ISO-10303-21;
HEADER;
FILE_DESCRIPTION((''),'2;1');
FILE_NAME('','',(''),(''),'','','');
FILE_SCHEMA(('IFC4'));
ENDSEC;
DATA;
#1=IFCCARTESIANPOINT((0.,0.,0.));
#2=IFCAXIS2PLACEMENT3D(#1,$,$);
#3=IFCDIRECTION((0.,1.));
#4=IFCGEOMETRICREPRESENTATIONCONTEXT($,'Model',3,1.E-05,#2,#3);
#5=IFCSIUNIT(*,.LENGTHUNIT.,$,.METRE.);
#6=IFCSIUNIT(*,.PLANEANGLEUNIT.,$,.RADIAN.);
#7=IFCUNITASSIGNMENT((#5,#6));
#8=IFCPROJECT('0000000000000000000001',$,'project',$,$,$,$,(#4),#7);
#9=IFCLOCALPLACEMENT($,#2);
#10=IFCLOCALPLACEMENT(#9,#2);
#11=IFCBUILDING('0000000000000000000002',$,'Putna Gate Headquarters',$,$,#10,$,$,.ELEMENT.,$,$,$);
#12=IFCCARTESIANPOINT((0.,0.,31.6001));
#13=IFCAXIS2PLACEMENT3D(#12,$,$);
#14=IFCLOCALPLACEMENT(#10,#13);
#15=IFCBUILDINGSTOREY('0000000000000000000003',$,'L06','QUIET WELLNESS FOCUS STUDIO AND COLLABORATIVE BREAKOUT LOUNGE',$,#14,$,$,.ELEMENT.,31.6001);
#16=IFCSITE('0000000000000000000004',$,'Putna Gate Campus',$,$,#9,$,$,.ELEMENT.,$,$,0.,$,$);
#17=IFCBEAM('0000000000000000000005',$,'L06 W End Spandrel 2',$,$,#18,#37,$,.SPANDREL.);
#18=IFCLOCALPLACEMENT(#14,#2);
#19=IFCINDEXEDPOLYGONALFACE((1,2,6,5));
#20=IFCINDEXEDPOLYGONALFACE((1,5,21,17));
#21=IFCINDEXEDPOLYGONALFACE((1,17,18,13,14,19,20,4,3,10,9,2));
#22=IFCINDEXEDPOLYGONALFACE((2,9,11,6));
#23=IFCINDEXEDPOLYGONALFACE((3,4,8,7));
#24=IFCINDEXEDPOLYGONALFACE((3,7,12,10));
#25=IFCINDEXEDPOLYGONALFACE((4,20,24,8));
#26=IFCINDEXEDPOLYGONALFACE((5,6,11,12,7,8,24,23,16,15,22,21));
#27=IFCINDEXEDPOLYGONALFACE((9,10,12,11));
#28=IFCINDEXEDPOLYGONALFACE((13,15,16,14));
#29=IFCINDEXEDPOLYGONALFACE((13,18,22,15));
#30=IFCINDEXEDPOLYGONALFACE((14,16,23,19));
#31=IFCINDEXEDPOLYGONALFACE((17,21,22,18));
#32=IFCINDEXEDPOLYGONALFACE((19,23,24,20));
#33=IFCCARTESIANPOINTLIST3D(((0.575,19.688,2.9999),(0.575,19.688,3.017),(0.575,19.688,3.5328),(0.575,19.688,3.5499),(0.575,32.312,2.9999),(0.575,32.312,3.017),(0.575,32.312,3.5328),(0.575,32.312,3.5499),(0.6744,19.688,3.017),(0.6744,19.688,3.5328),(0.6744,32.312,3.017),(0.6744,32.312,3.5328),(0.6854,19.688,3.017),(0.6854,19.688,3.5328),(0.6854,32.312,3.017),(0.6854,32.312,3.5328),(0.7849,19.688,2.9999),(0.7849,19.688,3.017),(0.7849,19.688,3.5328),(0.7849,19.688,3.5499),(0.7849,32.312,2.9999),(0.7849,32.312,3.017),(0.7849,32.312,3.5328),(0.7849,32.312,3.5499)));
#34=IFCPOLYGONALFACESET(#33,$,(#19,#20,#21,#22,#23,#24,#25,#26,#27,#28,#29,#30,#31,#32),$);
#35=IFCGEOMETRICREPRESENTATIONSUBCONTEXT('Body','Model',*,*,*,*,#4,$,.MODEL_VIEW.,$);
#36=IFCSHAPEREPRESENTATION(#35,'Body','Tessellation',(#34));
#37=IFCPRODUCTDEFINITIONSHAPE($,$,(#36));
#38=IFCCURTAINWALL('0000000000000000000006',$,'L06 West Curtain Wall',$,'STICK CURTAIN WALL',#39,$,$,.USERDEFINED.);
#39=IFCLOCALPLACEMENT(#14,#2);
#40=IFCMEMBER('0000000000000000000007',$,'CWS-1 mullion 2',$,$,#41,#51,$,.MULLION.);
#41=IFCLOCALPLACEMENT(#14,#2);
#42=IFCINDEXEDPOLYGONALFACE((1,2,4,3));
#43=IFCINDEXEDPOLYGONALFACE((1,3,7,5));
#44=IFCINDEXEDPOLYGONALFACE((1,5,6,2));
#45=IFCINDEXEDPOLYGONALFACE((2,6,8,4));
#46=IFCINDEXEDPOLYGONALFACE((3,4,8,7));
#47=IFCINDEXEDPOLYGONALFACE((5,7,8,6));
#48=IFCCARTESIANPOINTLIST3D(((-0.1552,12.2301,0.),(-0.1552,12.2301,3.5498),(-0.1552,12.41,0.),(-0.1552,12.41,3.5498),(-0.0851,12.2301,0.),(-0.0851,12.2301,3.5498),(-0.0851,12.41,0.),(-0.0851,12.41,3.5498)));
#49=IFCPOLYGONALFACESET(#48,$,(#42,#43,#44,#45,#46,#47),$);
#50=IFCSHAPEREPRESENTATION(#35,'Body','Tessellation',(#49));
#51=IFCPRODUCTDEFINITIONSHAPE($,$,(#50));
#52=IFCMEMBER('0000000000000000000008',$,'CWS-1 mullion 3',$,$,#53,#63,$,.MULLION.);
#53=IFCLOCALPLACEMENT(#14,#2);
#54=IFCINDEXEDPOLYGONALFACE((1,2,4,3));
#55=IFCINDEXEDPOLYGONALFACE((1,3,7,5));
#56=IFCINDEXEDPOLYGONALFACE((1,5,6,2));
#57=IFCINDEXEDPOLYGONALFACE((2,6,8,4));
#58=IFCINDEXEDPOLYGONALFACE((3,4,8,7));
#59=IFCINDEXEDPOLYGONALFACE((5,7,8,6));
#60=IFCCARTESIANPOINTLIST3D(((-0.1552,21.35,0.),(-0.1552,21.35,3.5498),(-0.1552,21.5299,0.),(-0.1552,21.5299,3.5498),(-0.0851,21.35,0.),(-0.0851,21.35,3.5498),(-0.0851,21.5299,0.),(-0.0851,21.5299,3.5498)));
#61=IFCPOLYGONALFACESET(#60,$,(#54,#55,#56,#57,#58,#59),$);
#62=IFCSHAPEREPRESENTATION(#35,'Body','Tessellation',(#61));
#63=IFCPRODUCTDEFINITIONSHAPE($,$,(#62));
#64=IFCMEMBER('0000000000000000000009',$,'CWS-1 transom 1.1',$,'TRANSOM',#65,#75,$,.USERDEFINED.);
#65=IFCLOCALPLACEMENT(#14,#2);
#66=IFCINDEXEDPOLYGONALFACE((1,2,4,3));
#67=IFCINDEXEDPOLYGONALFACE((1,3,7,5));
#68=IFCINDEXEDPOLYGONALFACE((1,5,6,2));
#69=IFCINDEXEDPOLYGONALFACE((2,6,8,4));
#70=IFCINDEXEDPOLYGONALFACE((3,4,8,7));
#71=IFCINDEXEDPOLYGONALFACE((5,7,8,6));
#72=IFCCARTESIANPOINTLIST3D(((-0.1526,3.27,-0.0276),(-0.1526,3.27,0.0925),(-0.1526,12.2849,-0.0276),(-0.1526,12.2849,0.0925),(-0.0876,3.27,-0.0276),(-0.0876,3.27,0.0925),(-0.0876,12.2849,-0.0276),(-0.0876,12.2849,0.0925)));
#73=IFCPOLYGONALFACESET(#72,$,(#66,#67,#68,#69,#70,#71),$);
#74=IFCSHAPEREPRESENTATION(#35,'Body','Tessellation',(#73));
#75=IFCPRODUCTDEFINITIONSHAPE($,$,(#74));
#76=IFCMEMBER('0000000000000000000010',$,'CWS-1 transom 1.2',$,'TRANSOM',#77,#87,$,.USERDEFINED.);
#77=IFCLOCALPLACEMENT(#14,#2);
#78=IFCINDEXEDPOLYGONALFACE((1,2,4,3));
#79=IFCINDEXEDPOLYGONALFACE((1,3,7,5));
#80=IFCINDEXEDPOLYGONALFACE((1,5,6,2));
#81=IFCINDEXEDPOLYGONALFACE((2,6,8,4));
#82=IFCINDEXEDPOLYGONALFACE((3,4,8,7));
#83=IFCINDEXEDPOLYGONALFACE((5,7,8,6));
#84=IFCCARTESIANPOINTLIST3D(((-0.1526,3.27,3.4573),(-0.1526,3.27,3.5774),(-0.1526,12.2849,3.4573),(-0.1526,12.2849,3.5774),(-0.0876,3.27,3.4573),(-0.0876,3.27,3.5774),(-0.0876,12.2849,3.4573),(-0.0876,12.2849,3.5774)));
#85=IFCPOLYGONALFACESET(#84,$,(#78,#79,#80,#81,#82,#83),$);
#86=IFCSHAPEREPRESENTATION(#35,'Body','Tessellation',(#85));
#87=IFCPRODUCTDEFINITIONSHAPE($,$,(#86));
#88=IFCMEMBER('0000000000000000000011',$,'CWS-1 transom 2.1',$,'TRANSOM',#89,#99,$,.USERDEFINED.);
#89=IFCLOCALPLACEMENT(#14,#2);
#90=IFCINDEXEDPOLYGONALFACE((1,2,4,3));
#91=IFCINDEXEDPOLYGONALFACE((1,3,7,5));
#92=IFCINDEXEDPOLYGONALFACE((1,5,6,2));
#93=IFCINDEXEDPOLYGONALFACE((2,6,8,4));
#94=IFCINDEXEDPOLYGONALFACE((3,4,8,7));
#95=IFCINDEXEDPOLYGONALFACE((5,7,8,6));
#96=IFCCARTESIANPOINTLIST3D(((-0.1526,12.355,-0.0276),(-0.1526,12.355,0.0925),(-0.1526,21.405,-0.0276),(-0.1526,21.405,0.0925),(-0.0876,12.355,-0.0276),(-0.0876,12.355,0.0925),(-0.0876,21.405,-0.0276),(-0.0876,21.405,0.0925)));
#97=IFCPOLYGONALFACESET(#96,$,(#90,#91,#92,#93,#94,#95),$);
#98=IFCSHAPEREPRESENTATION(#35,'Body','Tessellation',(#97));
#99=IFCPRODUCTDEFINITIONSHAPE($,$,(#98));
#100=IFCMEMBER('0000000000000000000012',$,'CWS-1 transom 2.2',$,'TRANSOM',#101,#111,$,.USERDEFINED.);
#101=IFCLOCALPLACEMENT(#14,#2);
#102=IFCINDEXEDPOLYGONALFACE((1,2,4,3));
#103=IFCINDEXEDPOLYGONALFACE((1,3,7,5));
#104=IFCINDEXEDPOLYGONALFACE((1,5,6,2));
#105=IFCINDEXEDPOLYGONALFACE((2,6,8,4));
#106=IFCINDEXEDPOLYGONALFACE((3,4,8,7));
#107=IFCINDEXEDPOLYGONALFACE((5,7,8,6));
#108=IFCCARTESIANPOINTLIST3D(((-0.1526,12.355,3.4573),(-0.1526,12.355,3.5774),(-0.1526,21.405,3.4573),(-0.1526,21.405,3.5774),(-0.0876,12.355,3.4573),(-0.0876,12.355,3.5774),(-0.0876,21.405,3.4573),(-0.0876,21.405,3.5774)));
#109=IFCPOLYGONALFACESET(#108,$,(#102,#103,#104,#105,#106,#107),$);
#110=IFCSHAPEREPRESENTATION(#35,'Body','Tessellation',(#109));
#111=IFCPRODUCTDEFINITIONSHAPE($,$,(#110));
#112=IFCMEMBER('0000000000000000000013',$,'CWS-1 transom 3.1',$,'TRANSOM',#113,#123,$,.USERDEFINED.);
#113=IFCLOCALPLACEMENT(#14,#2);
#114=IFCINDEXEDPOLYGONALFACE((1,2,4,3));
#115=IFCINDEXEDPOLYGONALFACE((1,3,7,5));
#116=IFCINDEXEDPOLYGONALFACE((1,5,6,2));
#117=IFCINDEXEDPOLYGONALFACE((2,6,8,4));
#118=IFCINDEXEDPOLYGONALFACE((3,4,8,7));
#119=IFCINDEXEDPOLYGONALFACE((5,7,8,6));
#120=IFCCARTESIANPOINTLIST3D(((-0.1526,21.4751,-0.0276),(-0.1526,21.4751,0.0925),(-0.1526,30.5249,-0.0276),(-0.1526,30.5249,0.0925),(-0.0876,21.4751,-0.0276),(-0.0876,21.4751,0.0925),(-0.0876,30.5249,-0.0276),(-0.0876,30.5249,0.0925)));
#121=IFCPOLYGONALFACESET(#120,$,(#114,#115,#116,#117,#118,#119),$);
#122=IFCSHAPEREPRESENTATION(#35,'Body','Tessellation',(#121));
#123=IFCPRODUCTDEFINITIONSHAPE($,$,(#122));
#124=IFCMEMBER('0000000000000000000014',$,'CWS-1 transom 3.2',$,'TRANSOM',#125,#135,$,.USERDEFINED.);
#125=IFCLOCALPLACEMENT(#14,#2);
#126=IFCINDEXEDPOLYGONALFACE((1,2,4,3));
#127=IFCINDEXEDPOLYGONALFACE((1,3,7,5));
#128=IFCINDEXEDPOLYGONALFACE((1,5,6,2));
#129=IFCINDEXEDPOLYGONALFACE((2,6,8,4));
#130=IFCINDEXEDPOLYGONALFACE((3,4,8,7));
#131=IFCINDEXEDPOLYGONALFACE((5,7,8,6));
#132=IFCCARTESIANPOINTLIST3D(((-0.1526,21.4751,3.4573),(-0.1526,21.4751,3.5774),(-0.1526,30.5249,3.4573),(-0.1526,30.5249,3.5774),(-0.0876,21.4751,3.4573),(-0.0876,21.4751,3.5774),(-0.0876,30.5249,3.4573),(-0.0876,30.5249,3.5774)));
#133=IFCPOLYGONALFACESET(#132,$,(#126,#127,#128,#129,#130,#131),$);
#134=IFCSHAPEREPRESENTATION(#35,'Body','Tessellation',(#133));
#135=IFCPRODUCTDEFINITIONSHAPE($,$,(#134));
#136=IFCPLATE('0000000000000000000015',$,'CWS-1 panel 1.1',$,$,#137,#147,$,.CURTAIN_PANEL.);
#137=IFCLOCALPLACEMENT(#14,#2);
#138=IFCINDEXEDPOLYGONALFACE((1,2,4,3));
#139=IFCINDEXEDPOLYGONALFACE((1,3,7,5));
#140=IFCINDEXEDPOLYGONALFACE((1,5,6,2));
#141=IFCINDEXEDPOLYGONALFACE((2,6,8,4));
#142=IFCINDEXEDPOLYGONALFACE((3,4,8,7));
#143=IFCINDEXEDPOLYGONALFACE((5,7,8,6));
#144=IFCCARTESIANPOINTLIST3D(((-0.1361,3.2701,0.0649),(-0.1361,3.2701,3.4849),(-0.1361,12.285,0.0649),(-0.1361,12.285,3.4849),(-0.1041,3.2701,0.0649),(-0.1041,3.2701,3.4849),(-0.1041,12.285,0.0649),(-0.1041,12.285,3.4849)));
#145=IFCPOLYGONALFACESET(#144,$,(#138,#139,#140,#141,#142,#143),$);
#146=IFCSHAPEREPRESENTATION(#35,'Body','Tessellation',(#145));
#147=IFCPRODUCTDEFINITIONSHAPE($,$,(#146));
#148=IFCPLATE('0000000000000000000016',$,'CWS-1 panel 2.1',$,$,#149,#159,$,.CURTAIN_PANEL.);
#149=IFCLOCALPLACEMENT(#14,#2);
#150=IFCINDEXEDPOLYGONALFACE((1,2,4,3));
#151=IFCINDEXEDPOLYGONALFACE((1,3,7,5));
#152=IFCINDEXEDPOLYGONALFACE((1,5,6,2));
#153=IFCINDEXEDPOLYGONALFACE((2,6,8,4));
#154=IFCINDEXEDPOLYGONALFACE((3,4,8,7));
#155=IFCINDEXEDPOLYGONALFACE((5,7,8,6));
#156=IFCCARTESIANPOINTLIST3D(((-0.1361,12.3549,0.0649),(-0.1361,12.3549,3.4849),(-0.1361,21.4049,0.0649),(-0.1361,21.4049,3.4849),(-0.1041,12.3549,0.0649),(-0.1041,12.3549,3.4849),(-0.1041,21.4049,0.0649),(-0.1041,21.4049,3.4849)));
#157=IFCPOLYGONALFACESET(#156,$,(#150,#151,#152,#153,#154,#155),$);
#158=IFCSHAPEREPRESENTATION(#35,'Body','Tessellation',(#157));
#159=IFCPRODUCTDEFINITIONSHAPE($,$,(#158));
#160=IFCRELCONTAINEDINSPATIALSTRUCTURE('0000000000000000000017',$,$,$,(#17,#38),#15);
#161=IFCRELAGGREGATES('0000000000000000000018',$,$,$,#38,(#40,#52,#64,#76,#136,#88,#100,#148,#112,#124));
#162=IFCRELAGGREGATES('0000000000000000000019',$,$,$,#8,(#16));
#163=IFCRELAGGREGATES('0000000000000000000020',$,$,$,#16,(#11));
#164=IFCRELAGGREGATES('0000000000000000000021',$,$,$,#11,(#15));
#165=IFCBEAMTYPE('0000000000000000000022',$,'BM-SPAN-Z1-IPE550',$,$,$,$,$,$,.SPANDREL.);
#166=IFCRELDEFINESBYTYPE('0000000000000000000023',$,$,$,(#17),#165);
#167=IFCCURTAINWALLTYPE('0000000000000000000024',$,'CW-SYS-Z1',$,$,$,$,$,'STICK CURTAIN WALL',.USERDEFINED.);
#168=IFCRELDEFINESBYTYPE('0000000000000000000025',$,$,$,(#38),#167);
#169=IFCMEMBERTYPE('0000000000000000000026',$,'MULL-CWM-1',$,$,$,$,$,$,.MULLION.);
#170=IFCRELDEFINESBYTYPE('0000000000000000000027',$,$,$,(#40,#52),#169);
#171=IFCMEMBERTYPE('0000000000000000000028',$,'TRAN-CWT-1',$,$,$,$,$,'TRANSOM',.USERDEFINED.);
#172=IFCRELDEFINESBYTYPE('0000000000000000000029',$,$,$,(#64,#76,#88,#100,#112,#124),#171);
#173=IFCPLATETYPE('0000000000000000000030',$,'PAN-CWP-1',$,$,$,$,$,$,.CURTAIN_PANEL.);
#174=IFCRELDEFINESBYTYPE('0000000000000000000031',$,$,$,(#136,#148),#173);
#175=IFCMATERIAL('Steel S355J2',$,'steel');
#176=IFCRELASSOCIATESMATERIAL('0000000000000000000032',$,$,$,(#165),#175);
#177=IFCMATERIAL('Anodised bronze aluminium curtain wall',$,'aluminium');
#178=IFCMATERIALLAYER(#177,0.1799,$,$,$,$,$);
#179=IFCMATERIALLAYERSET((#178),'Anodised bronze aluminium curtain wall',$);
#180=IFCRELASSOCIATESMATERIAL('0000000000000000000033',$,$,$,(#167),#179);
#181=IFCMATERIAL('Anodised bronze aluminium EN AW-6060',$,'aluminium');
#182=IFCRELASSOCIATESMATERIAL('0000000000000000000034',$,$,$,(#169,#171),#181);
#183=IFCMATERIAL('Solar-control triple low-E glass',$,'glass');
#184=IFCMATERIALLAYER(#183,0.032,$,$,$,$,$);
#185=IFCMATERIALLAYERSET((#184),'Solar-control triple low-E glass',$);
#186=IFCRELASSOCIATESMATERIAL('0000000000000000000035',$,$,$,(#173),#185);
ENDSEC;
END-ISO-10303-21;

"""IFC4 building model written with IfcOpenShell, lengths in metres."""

from ifc_helpers import new_model, si_unit, direction, frame, origin, origin_2d, place, context, subcontext, project, spatial, rectangle, i_section, extrude, material, layer, layer_set, material_profile, profile_set, type_object, element, aggregate, save


model = new_model("IFC4")

# Units and contexts
model_context = context("Model", 3, precision=1e-05, world=origin(), true_north=direction((0.0, 1.0)))
body_context = subcontext(model_context, "Body", "Model", "MODEL_VIEW")
ifc_project = project(units=[si_unit("LENGTHUNIT", "METRE"), si_unit("PLANEANGLEUNIT", "RADIAN")], contexts=[model_context])

# Site, building, storey
site_placement = place(None, origin())
site = spatial("IfcSite", under=ifc_project, at=site_placement, Name="Putna Gate Campus", CompositionType="ELEMENT", RefElevation=0.0)
building_placement = place(site_placement, origin())
building = spatial("IfcBuilding", under=site, at=building_placement, Name="Putna Gate Headquarters", CompositionType="ELEMENT")
storey_placement = place(building_placement, frame((0.0, 0.0, 31.6001)))
storey = spatial("IfcBuildingStorey", under=building, at=storey_placement, Name="L06", Description="QUIET WELLNESS FOCUS STUDIO AND COLLABORATIVE BREAKOUT LOUNGE", CompositionType="ELEMENT", Elevation=31.6001)

# Beam
ifc_material_1 = material(Name="Steel S355J2", Category="steel")
ifc_material_profile_1 = material_profile(ifc_material_1, i_section(OverallWidth=0.21, OverallDepth=0.55, WebThickness=0.011, FlangeThickness=0.0171, at=origin_2d()), Name="Steel S355J2")
ifc_profile_set_1 = profile_set([ifc_material_profile_1], Name="Steel S355J2")
beam_type_1 = type_object("IfcBeamType", Name="BM-SPAN-Z1-IPE550", PredefinedType="SPANDREL", material=ifc_profile_set_1)
beam_1_placement = place(storey_placement, frame((0.6799, 19.688, 3.2749), z_axis=(0.0, 1.0, 0.0), x_axis=(-1.0, 0.0, 0.0)))
element("IfcBeam", 1, at=beam_1_placement, inside=storey, type_object=beam_type_1, Name="L06 W End Spandrel 2", PredefinedType="SPANDREL", context=body_context, shape_type="SweptSolid", body=[
    extrude(i_section(OverallWidth=0.21, OverallDepth=0.55, WebThickness=0.011, FlangeThickness=0.0171, at=origin_2d()), origin(), (0.0, 0.0, 1.0), 12.624),
])

# Curtain wall, members, plates
ifc_material_2 = material(Name="Anodised bronze aluminium curtain wall", Category="aluminium")
ifc_layer_1 = layer(ifc_material_2, 0.1799)
ifc_layer_set_1 = layer_set([ifc_layer_1], Name="Anodised bronze aluminium curtain wall")
curtain_wall_type = type_object("IfcCurtainWallType", Name="CW-SYS-Z1", ElementType="STICK CURTAIN WALL", PredefinedType="USERDEFINED", material=ifc_layer_set_1)
curtain_wall_placement = place(storey_placement, origin())
curtain_wall = element("IfcCurtainWall", 2, at=curtain_wall_placement, inside=storey, type_object=curtain_wall_type, Name="L06 West Curtain Wall", ObjectType="STICK CURTAIN WALL", PredefinedType="USERDEFINED")
ifc_material_3 = material(Name="Anodised bronze aluminium EN AW-6060", Category="aluminium")
ifc_material_profile_2 = material_profile(ifc_material_3, rectangle(XDim=0.0701, YDim=0.1799, at=origin_2d()), Name="Anodised bronze aluminium EN AW-6060")
ifc_profile_set_2 = profile_set([ifc_material_profile_2], Name="Anodised bronze aluminium EN AW-6060")
member_type_1 = type_object("IfcMemberType", Name="MULL-CWM-1", PredefinedType="MULLION", material=ifc_profile_set_2)
member_1_placement = place(storey_placement, frame((-0.1201, 12.3201, 0.0), z_axis=(0.0, 0.0, 1.0), x_axis=(-1.0, 0.0, 0.0)))
member_1 = element("IfcMember", 3, at=member_1_placement, type_object=member_type_1, Name="CWS-1 mullion 2", PredefinedType="MULLION", context=body_context, shape_type="SweptSolid", body=[
    extrude(rectangle(XDim=0.0701, YDim=0.1799, at=origin_2d()), origin(), (0.0, 0.0, 1.0), 3.5498),
])
member_2_placement = place(storey_placement, frame((-0.1201, 21.4399, 0.0), z_axis=(0.0, 0.0, 1.0), x_axis=(-1.0, 0.0, 0.0)))
member_2 = element("IfcMember", 4, at=member_2_placement, type_object=member_type_1, Name="CWS-1 mullion 3", PredefinedType="MULLION", context=body_context, shape_type="SweptSolid", body=[
    extrude(rectangle(XDim=0.0701, YDim=0.1799, at=origin_2d()), origin(), (0.0, 0.0, 1.0), 3.5498),
])
ifc_material_profile_3 = material_profile(ifc_material_3, rectangle(XDim=0.0649, YDim=0.1201, at=origin_2d()), Name="Anodised bronze aluminium EN AW-6060")
ifc_profile_set_3 = profile_set([ifc_material_profile_3], Name="Anodised bronze aluminium EN AW-6060")
member_type_2 = type_object("IfcMemberType", Name="TRAN-CWT-1", ElementType="TRANSOM", PredefinedType="USERDEFINED", material=ifc_profile_set_3)
member_3_placement = place(storey_placement, frame((-0.1201, 3.27, 0.0325), z_axis=(0.0, 1.0, 0.0), x_axis=(-1.0, 0.0, 0.0)))
member_3 = element("IfcMember", 5, at=member_3_placement, type_object=member_type_2, Name="CWS-1 transom 1.1", ObjectType="TRANSOM", PredefinedType="USERDEFINED", context=body_context, shape_type="SweptSolid", body=[
    extrude(rectangle(XDim=0.0649, YDim=0.1201, at=origin_2d()), origin(), (0.0, 0.0, 1.0), 9.0149),
])
member_4_placement = place(storey_placement, frame((-0.1201, 3.27, 3.5173), z_axis=(0.0, 1.0, 0.0), x_axis=(-1.0, 0.0, 0.0)))
member_4 = element("IfcMember", 6, at=member_4_placement, type_object=member_type_2, Name="CWS-1 transom 1.2", ObjectType="TRANSOM", PredefinedType="USERDEFINED", context=body_context, shape_type="SweptSolid", body=[
    extrude(rectangle(XDim=0.0649, YDim=0.1201, at=origin_2d()), origin(), (0.0, 0.0, 1.0), 9.0149),
])
member_5_placement = place(storey_placement, frame((-0.1201, 12.355, 0.0325), z_axis=(0.0, 1.0, 0.0), x_axis=(-1.0, 0.0, 0.0)))
member_5 = element("IfcMember", 7, at=member_5_placement, type_object=member_type_2, Name="CWS-1 transom 2.1", ObjectType="TRANSOM", PredefinedType="USERDEFINED", context=body_context, shape_type="SweptSolid", body=[
    extrude(rectangle(XDim=0.0649, YDim=0.1201, at=origin_2d()), origin(), (0.0, 0.0, 1.0), 9.05),
])
member_6_placement = place(storey_placement, frame((-0.1201, 12.355, 3.5173), z_axis=(0.0, 1.0, 0.0), x_axis=(-1.0, 0.0, 0.0)))
member_6 = element("IfcMember", 8, at=member_6_placement, type_object=member_type_2, Name="CWS-1 transom 2.2", ObjectType="TRANSOM", PredefinedType="USERDEFINED", context=body_context, shape_type="SweptSolid", body=[
    extrude(rectangle(XDim=0.0649, YDim=0.1201, at=origin_2d()), origin(), (0.0, 0.0, 1.0), 9.05),
])
member_7_placement = place(storey_placement, frame((-0.1201, 21.4751, 0.0325), z_axis=(0.0, 1.0, 0.0), x_axis=(-1.0, 0.0, 0.0)))
member_7 = element("IfcMember", 9, at=member_7_placement, type_object=member_type_2, Name="CWS-1 transom 3.1", ObjectType="TRANSOM", PredefinedType="USERDEFINED", context=body_context, shape_type="SweptSolid", body=[
    extrude(rectangle(XDim=0.0649, YDim=0.1201, at=origin_2d()), origin(), (0.0, 0.0, 1.0), 9.0498),
])
member_8_placement = place(storey_placement, frame((-0.1201, 21.4751, 3.5173), z_axis=(0.0, 1.0, 0.0), x_axis=(-1.0, 0.0, 0.0)))
member_8 = element("IfcMember", 10, at=member_8_placement, type_object=member_type_2, Name="CWS-1 transom 3.2", ObjectType="TRANSOM", PredefinedType="USERDEFINED", context=body_context, shape_type="SweptSolid", body=[
    extrude(rectangle(XDim=0.0649, YDim=0.1201, at=origin_2d()), origin(), (0.0, 0.0, 1.0), 9.0498),
])
ifc_material_4 = material(Name="Solar-control triple low-E glass", Category="glass")
ifc_layer_2 = layer(ifc_material_4, 0.032)
ifc_layer_set_2 = layer_set([ifc_layer_2], Name="Solar-control triple low-E glass")
plate_type = type_object("IfcPlateType", Name="PAN-CWP-1", PredefinedType="CURTAIN_PANEL", material=ifc_layer_set_2)
plate_1_placement = place(storey_placement, frame((-0.1201, 7.7776, 0.0649), z_axis=(0.0, 0.0, 1.0), x_axis=(0.0, 1.0, 0.0)))
plate_1 = element("IfcPlate", 11, at=plate_1_placement, type_object=plate_type, Name="CWS-1 panel 1.1", PredefinedType="CURTAIN_PANEL", context=body_context, shape_type="SweptSolid", body=[
    extrude(rectangle(XDim=9.0149, YDim=0.032, at=origin_2d()), origin(), (0.0, 0.0, 1.0), 3.4199),
])
plate_2_placement = place(storey_placement, frame((-0.1201, 16.8799, 0.0649), z_axis=(0.0, 0.0, 1.0), x_axis=(0.0, 1.0, 0.0)))
plate_2 = element("IfcPlate", 12, at=plate_2_placement, type_object=plate_type, Name="CWS-1 panel 2.1", PredefinedType="CURTAIN_PANEL", context=body_context, shape_type="SweptSolid", body=[
    extrude(rectangle(XDim=9.05, YDim=0.032, at=origin_2d()), origin(), (0.0, 0.0, 1.0), 3.4199),
])
aggregate(curtain_wall, [member_1, member_2, member_3, member_4, plate_1, member_5, member_6, plate_2, member_7, member_8])

save(model, "model.ifc")
